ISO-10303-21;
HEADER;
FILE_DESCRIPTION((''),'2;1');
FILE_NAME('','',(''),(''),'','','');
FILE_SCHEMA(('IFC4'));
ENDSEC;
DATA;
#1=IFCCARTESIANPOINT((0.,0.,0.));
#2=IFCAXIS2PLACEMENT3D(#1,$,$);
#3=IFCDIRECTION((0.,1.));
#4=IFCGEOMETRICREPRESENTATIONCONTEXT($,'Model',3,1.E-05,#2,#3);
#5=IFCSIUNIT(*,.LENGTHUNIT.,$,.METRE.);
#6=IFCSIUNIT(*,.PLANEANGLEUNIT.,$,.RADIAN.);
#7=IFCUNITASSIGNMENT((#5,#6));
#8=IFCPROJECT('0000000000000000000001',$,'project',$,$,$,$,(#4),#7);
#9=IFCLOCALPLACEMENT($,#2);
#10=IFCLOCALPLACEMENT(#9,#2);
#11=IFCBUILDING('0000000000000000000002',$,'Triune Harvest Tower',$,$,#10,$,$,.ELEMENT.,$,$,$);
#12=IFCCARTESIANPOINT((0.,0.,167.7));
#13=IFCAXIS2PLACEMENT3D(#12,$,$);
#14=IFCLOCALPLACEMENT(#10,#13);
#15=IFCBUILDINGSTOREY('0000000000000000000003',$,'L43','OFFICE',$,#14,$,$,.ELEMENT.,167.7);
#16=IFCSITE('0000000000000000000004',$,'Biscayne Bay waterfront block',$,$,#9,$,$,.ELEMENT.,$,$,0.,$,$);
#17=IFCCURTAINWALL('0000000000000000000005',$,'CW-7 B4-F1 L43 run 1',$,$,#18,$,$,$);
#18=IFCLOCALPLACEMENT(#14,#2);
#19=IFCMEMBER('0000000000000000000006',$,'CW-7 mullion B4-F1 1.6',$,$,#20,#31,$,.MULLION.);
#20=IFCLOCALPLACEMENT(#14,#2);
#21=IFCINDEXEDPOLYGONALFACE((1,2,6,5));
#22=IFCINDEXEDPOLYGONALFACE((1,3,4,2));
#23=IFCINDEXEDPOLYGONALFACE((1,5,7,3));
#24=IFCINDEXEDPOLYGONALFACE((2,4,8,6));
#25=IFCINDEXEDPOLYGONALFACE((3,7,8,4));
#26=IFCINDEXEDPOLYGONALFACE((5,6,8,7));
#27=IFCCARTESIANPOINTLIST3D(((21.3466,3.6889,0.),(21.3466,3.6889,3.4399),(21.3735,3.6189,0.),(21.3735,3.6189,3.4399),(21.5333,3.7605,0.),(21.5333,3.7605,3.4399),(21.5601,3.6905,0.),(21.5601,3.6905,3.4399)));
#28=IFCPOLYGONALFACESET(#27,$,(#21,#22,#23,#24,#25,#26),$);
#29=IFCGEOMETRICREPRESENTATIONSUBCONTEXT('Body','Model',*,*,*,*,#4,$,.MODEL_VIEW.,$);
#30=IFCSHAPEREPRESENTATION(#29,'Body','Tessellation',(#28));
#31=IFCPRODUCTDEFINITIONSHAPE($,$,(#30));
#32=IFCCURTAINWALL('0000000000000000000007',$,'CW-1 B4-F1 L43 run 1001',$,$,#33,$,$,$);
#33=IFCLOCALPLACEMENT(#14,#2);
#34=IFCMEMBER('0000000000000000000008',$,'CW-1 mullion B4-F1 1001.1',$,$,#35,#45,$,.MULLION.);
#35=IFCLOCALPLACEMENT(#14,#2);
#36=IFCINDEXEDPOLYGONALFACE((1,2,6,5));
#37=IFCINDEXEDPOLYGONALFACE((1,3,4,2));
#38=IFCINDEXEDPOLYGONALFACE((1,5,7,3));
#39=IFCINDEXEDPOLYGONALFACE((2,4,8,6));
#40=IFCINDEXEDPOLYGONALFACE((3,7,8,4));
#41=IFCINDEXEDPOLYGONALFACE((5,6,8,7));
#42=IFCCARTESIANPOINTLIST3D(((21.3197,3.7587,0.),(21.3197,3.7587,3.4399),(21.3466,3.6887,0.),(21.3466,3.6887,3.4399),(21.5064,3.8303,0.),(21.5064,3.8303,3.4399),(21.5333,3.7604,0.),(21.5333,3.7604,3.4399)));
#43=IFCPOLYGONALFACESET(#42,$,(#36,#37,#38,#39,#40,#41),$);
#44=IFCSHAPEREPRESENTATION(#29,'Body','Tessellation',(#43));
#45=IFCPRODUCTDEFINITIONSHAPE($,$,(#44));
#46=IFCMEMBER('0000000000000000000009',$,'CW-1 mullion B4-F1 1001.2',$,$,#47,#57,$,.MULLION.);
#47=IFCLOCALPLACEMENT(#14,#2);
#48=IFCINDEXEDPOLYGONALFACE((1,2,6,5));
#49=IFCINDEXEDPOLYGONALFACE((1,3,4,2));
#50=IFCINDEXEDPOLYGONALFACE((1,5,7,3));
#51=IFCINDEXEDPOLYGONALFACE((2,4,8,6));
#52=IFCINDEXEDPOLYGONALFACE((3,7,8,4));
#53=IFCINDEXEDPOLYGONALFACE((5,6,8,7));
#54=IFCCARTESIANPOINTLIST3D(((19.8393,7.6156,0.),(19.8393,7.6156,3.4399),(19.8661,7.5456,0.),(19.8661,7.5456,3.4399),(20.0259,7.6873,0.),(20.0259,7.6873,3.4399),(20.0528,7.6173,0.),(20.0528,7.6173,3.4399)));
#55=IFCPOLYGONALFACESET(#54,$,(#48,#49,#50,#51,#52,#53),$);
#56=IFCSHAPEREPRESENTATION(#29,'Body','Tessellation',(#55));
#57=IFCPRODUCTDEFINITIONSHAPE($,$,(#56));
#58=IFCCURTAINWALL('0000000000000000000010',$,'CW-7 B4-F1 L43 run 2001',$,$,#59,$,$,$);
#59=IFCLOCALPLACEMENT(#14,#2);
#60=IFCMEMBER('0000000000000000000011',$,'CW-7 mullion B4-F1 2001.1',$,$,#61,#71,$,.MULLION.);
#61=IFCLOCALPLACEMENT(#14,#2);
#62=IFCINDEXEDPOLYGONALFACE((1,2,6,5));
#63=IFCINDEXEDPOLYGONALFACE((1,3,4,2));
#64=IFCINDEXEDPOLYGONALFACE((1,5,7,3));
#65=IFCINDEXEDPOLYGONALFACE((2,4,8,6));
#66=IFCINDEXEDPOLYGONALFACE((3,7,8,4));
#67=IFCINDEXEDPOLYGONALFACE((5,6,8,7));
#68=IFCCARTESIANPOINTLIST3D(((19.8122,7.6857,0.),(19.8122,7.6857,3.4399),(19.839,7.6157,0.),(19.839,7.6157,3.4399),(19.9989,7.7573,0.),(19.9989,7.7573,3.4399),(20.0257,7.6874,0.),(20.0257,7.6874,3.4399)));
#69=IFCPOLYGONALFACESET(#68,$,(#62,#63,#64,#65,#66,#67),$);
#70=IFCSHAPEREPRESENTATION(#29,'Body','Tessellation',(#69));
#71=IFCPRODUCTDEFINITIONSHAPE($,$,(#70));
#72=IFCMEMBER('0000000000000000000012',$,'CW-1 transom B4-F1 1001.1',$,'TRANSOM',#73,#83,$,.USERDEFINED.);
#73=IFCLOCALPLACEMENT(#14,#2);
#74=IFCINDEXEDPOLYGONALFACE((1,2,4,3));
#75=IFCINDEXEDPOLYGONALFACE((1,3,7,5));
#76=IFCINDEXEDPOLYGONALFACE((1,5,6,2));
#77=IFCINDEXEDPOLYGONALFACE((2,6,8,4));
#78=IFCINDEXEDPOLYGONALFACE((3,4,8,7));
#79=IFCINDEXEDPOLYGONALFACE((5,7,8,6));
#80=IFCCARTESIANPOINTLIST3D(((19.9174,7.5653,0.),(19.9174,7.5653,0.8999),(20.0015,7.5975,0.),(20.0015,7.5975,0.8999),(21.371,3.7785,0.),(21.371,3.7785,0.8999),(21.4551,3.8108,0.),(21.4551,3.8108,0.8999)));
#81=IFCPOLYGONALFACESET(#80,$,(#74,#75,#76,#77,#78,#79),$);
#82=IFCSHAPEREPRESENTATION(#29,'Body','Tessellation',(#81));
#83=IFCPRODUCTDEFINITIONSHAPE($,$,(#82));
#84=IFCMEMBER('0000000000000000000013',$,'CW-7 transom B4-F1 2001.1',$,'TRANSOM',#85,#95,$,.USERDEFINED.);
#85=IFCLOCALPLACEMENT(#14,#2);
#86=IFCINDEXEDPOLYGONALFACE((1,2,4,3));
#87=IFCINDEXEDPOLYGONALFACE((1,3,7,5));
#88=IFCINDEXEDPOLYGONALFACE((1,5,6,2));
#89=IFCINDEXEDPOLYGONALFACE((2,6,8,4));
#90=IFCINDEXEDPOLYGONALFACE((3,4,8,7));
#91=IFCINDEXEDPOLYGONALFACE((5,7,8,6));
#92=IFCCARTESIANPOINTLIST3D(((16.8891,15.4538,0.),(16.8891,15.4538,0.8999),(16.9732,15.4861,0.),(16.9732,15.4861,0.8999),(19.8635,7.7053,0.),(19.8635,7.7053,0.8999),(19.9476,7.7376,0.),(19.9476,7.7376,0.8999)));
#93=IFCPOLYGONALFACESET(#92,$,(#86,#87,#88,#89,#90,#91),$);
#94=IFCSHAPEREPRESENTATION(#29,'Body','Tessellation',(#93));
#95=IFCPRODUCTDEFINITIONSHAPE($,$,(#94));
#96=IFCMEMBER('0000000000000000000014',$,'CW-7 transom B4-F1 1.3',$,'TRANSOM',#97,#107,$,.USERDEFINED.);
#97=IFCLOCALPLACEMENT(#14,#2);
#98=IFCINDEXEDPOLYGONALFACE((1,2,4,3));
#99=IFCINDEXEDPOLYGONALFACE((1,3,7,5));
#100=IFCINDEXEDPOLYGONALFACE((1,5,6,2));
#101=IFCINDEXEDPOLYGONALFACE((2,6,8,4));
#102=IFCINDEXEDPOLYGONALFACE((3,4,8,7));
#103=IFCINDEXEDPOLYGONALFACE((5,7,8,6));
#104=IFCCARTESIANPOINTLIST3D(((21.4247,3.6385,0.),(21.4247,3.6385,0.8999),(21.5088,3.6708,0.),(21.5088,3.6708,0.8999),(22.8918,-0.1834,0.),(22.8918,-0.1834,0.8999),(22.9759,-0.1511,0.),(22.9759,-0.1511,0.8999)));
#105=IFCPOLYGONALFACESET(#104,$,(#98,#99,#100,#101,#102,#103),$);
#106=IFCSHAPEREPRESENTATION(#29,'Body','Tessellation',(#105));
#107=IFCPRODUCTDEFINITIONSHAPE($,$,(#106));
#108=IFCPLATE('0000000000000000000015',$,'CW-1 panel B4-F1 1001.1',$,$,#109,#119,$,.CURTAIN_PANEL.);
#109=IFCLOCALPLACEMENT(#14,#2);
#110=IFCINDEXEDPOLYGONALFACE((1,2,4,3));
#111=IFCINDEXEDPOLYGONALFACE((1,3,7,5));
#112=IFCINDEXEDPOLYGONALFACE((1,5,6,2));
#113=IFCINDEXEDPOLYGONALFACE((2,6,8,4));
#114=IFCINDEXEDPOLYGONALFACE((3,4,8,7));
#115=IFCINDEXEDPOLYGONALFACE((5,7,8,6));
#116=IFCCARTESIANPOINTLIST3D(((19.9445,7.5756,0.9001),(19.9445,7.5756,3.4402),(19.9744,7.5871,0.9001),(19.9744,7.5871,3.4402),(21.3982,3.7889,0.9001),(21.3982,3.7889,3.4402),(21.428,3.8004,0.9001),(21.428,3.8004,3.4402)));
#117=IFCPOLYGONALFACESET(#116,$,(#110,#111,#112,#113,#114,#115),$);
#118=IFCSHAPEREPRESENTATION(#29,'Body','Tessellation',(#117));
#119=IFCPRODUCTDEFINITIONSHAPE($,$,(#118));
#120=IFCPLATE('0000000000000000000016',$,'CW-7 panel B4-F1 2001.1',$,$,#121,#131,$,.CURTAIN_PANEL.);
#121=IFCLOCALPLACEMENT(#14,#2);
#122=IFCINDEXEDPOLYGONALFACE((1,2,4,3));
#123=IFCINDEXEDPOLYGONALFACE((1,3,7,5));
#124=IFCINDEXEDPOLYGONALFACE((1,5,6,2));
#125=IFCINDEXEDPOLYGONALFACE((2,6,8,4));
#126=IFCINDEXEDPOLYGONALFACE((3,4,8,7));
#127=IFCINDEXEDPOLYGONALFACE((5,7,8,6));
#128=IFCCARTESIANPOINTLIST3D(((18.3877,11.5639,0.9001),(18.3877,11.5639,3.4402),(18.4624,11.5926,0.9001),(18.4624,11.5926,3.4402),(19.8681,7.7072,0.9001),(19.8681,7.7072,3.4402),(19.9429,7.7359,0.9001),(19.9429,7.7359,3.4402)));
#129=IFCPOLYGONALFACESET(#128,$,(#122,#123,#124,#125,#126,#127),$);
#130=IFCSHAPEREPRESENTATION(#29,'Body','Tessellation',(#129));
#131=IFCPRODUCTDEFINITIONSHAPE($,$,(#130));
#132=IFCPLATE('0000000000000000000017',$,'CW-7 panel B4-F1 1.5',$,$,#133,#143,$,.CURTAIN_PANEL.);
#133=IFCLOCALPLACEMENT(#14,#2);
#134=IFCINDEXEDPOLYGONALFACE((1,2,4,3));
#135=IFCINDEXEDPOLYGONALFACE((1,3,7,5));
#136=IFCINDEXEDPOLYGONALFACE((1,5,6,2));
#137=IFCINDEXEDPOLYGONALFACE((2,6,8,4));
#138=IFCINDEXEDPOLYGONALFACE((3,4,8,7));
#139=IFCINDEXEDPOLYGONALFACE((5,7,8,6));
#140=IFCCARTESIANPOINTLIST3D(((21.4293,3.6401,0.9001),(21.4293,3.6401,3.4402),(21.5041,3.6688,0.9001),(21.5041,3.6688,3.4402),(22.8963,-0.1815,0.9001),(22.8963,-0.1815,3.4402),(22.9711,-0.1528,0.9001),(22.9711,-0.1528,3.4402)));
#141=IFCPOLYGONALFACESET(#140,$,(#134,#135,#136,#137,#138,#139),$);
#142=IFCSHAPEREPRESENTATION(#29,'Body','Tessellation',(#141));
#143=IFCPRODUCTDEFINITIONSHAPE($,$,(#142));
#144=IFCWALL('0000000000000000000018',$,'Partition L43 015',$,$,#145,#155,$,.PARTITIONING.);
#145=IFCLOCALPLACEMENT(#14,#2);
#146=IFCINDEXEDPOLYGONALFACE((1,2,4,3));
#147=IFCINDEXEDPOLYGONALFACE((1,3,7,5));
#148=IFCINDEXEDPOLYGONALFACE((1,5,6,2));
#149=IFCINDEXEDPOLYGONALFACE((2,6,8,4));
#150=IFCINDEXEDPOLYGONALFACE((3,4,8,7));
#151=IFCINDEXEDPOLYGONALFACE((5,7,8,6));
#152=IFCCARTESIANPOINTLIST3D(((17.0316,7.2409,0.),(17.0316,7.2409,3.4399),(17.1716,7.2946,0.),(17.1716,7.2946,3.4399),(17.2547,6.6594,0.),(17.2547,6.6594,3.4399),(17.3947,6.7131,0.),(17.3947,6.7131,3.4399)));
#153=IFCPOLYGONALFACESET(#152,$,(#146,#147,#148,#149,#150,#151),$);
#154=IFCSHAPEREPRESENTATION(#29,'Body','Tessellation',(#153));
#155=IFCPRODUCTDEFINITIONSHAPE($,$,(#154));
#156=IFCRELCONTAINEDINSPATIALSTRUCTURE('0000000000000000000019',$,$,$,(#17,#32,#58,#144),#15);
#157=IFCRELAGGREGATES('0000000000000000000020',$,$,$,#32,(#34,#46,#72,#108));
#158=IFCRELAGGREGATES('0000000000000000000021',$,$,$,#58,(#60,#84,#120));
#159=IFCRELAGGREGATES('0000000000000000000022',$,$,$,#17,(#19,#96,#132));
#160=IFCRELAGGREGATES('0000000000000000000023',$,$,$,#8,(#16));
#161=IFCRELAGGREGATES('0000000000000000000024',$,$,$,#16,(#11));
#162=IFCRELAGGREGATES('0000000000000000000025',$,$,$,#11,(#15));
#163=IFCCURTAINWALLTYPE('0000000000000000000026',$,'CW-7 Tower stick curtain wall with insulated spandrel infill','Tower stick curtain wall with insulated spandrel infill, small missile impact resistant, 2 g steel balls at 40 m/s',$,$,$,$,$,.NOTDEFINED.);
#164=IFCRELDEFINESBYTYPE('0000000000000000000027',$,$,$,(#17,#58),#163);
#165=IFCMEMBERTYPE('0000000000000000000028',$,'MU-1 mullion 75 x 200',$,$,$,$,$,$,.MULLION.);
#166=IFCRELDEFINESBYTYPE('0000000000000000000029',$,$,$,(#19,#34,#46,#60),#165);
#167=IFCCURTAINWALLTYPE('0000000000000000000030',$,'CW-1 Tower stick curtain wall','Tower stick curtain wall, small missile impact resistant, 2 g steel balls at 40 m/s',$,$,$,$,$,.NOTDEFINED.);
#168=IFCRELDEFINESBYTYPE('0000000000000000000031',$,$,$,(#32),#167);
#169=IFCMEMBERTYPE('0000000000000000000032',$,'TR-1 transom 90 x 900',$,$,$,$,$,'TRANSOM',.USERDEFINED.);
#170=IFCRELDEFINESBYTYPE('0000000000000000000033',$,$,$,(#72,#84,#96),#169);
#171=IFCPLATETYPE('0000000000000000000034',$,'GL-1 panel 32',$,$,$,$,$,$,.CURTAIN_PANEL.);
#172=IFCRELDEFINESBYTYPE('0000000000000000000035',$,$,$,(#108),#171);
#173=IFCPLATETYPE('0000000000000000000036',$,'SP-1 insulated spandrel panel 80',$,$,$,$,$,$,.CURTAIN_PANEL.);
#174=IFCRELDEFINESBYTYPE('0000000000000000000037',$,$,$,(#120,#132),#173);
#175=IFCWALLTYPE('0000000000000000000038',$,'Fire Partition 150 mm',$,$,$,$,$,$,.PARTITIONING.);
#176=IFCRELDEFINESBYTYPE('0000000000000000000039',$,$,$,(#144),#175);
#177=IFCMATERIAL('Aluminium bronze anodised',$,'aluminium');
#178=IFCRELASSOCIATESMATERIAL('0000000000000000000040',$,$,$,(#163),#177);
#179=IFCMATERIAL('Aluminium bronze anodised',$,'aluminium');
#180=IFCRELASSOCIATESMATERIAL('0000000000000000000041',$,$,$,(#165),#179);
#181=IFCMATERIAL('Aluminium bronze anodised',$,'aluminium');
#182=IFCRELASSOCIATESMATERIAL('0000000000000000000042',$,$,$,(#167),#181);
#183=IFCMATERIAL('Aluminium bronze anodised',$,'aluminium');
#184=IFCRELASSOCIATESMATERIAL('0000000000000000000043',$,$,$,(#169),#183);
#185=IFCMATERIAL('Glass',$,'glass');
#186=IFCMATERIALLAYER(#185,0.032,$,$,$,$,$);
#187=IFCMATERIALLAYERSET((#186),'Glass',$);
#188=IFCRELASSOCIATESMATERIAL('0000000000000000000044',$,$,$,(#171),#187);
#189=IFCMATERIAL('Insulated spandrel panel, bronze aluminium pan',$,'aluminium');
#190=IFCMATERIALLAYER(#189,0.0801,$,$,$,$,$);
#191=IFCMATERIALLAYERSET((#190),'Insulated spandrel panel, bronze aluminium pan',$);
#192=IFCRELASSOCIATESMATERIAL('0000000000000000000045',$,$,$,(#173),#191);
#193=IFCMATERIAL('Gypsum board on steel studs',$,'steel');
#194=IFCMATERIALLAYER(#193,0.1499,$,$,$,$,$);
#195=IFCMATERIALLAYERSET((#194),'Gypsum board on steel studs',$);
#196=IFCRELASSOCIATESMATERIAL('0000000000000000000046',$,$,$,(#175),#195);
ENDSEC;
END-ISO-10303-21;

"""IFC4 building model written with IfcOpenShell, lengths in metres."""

from ifc_helpers import new_model, si_unit, direction, frame, frame_2d, origin, origin_2d, place, context, subcontext, project, spatial, rectangle, extrude, source, transform, mapped, material, layer, layer_set, material_profile, profile_set, type_object, element, aggregate, save


model = new_model("IFC4")

# Units and contexts
model_context = context("Model", 3, precision=1e-05, world=origin(), true_north=direction((0.0, 1.0)))
body_context = subcontext(model_context, "Body", "Model", "MODEL_VIEW")
ifc_project = project(units=[si_unit("LENGTHUNIT", "METRE"), si_unit("PLANEANGLEUNIT", "RADIAN")], contexts=[model_context])

# Site, building, storey
site_placement = place(None, origin())
site = spatial("IfcSite", under=ifc_project, at=site_placement, Name="Biscayne Bay waterfront block", CompositionType="ELEMENT", RefElevation=0.0)
building_placement = place(site_placement, origin())
building = spatial("IfcBuilding", under=site, at=building_placement, Name="Triune Harvest Tower", CompositionType="ELEMENT")
storey_placement = place(building_placement, frame((0.0, 0.0, 167.7)))
storey = spatial("IfcBuildingStorey", under=building, at=storey_placement, Name="L43", Description="OFFICE", CompositionType="ELEMENT", Elevation=167.7)

# Curtain walls, members
ifc_material_1 = material(Name="Aluminium bronze anodised", Category="aluminium")
curtain_wall_type_1 = type_object("IfcCurtainWallType", Name="CW-7 Tower stick curtain wall with insulated spandrel infill", Description="Tower stick curtain wall with insulated spandrel infill, small missile impact resistant, 2 g steel balls at 40 m/s", PredefinedType="NOTDEFINED", material=ifc_material_1)
curtain_wall_1_placement = place(storey_placement, origin())
curtain_wall_1 = element("IfcCurtainWall", 1, at=curtain_wall_1_placement, inside=storey, type_object=curtain_wall_type_1, Name="CW-7 B4-F1 L43 run 1")
ifc_material_2 = material(Name="Aluminium bronze anodised", Category="aluminium")
ifc_material_profile_1 = material_profile(ifc_material_2, rectangle(XDim=0.2, YDim=0.075, at=origin_2d()), Name="MU-1 mullion 75 x 200")
ifc_profile_set_1 = profile_set([ifc_material_profile_1], Name="Aluminium bronze anodised")
member_type_1 = type_object("IfcMemberType", Name="MU-1 mullion 75 x 200", PredefinedType="MULLION", material=ifc_profile_set_1)
shared_shape_1 = source(origin(), body_context, "Body", "SweptSolid", [
    extrude(rectangle(XDim=0.2, YDim=0.075, at=origin_2d()), origin(), (0.0, 0.0, 1.0), 3.4399),
])
member_1_placement = place(storey_placement, frame((21.4534, 3.6897, 0.0), z_axis=(0.0, 0.0, 1.0), x_axis=(-0.93358, -0.35837, 0.0)))
member_1 = element("IfcMember", 2, at=member_1_placement, type_object=member_type_1, Name="CW-7 mullion B4-F1 1.6", PredefinedType="MULLION", context=body_context, shape_type="MappedRepresentation", body=[
    mapped(shared_shape_1, transform((0.0, 0.0, 0.0), scale=1.0)),
])
ifc_material_3 = material(Name="Aluminium bronze anodised", Category="aluminium")
curtain_wall_type_2 = type_object("IfcCurtainWallType", Name="CW-1 Tower stick curtain wall", Description="Tower stick curtain wall, small missile impact resistant, 2 g steel balls at 40 m/s", PredefinedType="NOTDEFINED", material=ifc_material_3)
curtain_wall_2_placement = place(storey_placement, origin())
curtain_wall_2 = element("IfcCurtainWall", 3, at=curtain_wall_2_placement, inside=storey, type_object=curtain_wall_type_2, Name="CW-1 B4-F1 L43 run 1001")
member_2_placement = place(storey_placement, frame((21.4265, 3.7595, 0.0), z_axis=(0.0, 0.0, 1.0), x_axis=(-0.933577, -0.358377, 0.0)))
member_2 = element("IfcMember", 4, at=member_2_placement, type_object=member_type_1, Name="CW-1 mullion B4-F1 1001.1", PredefinedType="MULLION", context=body_context, shape_type="MappedRepresentation", body=[
    mapped(shared_shape_1, transform((0.0, 0.0, 0.0), scale=1.0)),
])
member_3_placement = place(storey_placement, frame((19.946, 7.6165, 0.0), z_axis=(0.0, 0.0, 1.0), x_axis=(-0.933577, -0.358377, 0.0)))
member_3 = element("IfcMember", 5, at=member_3_placement, type_object=member_type_1, Name="CW-1 mullion B4-F1 1001.2", PredefinedType="MULLION", context=body_context, shape_type="MappedRepresentation", body=[
    mapped(shared_shape_1, transform((0.0, 0.0, 0.0), scale=1.0)),
])

# Curtain wall, member
curtain_wall_3_placement = place(storey_placement, origin())
curtain_wall_3 = element("IfcCurtainWall", 6, at=curtain_wall_3_placement, inside=storey, type_object=curtain_wall_type_1, Name="CW-7 B4-F1 L43 run 2001")
member_4_placement = place(storey_placement, frame((19.9189, 7.6865, 0.0), z_axis=(0.0, 0.0, 1.0), x_axis=(-0.933581, -0.358368, 0.0)))
member_4 = element("IfcMember", 7, at=member_4_placement, type_object=member_type_1, Name="CW-7 mullion B4-F1 2001.1", PredefinedType="MULLION", context=body_context, shape_type="MappedRepresentation", body=[
    mapped(shared_shape_1, transform((0.0, 0.0, 0.0), scale=1.0)),
])

# Members
ifc_material_4 = material(Name="Aluminium bronze anodised", Category="aluminium")
ifc_material_profile_2 = material_profile(ifc_material_4, rectangle(XDim=0.0901, YDim=0.8999, at=origin_2d()), Name="TR-1 transom 90 x 900")
ifc_profile_set_2 = profile_set([ifc_material_profile_2], Name="Aluminium bronze anodised")
member_type_2 = type_object("IfcMemberType", Name="TR-1 transom 90 x 900", ElementType="TRANSOM", PredefinedType="USERDEFINED", material=ifc_profile_set_2)
shared_shape_2 = source(origin(), body_context, "Body", "SweptSolid", [
    extrude(rectangle(XDim=0.0901, YDim=0.8999, at=origin_2d()), origin(), (0.0, 0.0, 1.0), 4.0562),
])
member_5_placement = place(storey_placement, frame((21.4131, 3.7947, 0.45), z_axis=(-0.358382, 0.933575, 0.0), x_axis=(-0.933575, -0.358382, 0.0)))
member_5 = element("IfcMember", 8, at=member_5_placement, type_object=member_type_2, Name="CW-1 transom B4-F1 1001.1", ObjectType="TRANSOM", PredefinedType="USERDEFINED", context=body_context, shape_type="MappedRepresentation", body=[
    mapped(shared_shape_2, transform((0.0, 0.0, 0.0), scale=1.0)),
])
shared_shape_3 = source(origin(), body_context, "Body", "SweptSolid", [
    extrude(rectangle(XDim=0.0901, YDim=0.8999, at=origin_2d()), origin(), (0.0, 0.0, 1.0), 8.2998),
])
member_6_placement = place(storey_placement, frame((19.9055, 7.7214, 0.45), z_axis=(-0.358366, 0.933581, 0.0), x_axis=(-0.933581, -0.358366, 0.0)))
member_6 = element("IfcMember", 9, at=member_6_placement, type_object=member_type_2, Name="CW-7 transom B4-F1 2001.1", ObjectType="TRANSOM", PredefinedType="USERDEFINED", context=body_context, shape_type="MappedRepresentation", body=[
    mapped(shared_shape_3, transform((0.0, 0.0, 0.0), scale=1.0)),
])
shared_shape_4 = source(origin(), body_context, "Body", "SweptSolid", [
    extrude(rectangle(XDim=0.0901, YDim=0.8999, at=origin_2d()), origin(), (0.0, 0.0, 1.0), 4.0938),
])
member_7_placement = place(storey_placement, frame((22.9338, -0.1672, 0.45), z_axis=(-0.358368, 0.933581, 0.0), x_axis=(-0.933581, -0.358368, 0.0)))
member_7 = element("IfcMember", 10, at=member_7_placement, type_object=member_type_2, Name="CW-7 transom B4-F1 1.3", ObjectType="TRANSOM", PredefinedType="USERDEFINED", context=body_context, shape_type="MappedRepresentation", body=[
    mapped(shared_shape_4, transform((0.0, 0.0, 0.0), scale=1.0)),
])

# Plates
ifc_material_5 = material(Name="Glass", Category="glass")
ifc_layer_1 = layer(ifc_material_5, 0.032)
ifc_layer_set_1 = layer_set([ifc_layer_1], Name="Glass")
plate_type_1 = type_object("IfcPlateType", Name="GL-1 panel 32", PredefinedType="CURTAIN_PANEL", material=ifc_layer_set_1)
shared_shape_5 = source(origin(), body_context, "Body", "SweptSolid", [
    extrude(rectangle(XDim=4.0562, YDim=0.032, at=origin_2d()), origin(), (0.0, 0.0, 1.0), 2.54),
])
plate_1_placement = place(storey_placement, frame((20.6863, 5.688, 0.9001), z_axis=(0.0, 0.0, 1.0), x_axis=(-0.358377, 0.933577, 0.0)))
plate_1 = element("IfcPlate", 11, at=plate_1_placement, type_object=plate_type_1, Name="CW-1 panel B4-F1 1001.1", PredefinedType="CURTAIN_PANEL", context=body_context, shape_type="MappedRepresentation", body=[
    mapped(shared_shape_5, transform((0.0, 0.0, 0.0), scale=1.0)),
])
aggregate(curtain_wall_2, [member_2, member_3, member_5, plate_1])
ifc_material_6 = material(Name="Insulated spandrel panel, bronze aluminium pan", Category="aluminium")
ifc_layer_2 = layer(ifc_material_6, 0.0801)
ifc_layer_set_2 = layer_set([ifc_layer_2], Name="Insulated spandrel panel, bronze aluminium pan")
plate_type_2 = type_object("IfcPlateType", Name="SP-1 insulated spandrel panel 80", PredefinedType="CURTAIN_PANEL", material=ifc_layer_set_2)
shared_shape_6 = source(origin(), body_context, "Body", "SweptSolid", [
    extrude(rectangle(XDim=4.1311, YDim=0.0801, at=origin_2d()), origin(), (0.0, 0.0, 1.0), 2.54),
])
plate_2_placement = place(storey_placement, frame((19.1653, 9.6499, 0.9001), z_axis=(0.0, 0.0, 1.0), x_axis=(-0.358368, 0.933581, 0.0)))
plate_2 = element("IfcPlate", 12, at=plate_2_placement, type_object=plate_type_2, Name="CW-7 panel B4-F1 2001.1", PredefinedType="CURTAIN_PANEL", context=body_context, shape_type="MappedRepresentation", body=[
    mapped(shared_shape_6, transform((0.0, 0.0, 0.0), scale=1.0)),
])
aggregate(curtain_wall_3, [member_4, member_6, plate_2])
shared_shape_7 = source(origin(), body_context, "Body", "SweptSolid", [
    extrude(rectangle(XDim=4.0935, YDim=0.0801, at=origin_2d()), origin(), (0.0, 0.0, 1.0), 2.54),
])
plate_3_placement = place(storey_placement, frame((22.2002, 1.7437, 0.9001), z_axis=(0.0, 0.0, 1.0), x_axis=(-0.35837, 0.93358, 0.0)))
plate_3 = element("IfcPlate", 13, at=plate_3_placement, type_object=plate_type_2, Name="CW-7 panel B4-F1 1.5", PredefinedType="CURTAIN_PANEL", context=body_context, shape_type="MappedRepresentation", body=[
    mapped(shared_shape_7, transform((0.0, 0.0, 0.0), scale=1.0)),
])
aggregate(curtain_wall_1, [member_1, member_7, plate_3])

# Wall
ifc_material_7 = material(Name="Gypsum board on steel studs", Category="steel")
ifc_layer_3 = layer(ifc_material_7, 0.1499)
ifc_layer_set_3 = layer_set([ifc_layer_3], Name="Gypsum board on steel studs")
wall_type_1 = type_object("IfcWallType", Name="Fire Partition 150 mm", PredefinedType="PARTITIONING", material=ifc_layer_set_3)
wall_1_placement = place(storey_placement, frame((17.1016, 7.2678, 0.0), z_axis=(0.0, 0.0, 1.0), x_axis=(0.358244, -0.933628, 0.0)))
element("IfcWall", 14, at=wall_1_placement, inside=storey, type_object=wall_type_1, Name="Partition L43 015", PredefinedType="PARTITIONING", context=body_context, shape_type="SweptSolid", body=[
    extrude(rectangle(XDim=0.6228, YDim=0.1499, at=frame_2d((0.3115, 0.0))), origin(), (0.0, 0.0, 1.0), 3.4399),
])

save(model, "model.ifc")
